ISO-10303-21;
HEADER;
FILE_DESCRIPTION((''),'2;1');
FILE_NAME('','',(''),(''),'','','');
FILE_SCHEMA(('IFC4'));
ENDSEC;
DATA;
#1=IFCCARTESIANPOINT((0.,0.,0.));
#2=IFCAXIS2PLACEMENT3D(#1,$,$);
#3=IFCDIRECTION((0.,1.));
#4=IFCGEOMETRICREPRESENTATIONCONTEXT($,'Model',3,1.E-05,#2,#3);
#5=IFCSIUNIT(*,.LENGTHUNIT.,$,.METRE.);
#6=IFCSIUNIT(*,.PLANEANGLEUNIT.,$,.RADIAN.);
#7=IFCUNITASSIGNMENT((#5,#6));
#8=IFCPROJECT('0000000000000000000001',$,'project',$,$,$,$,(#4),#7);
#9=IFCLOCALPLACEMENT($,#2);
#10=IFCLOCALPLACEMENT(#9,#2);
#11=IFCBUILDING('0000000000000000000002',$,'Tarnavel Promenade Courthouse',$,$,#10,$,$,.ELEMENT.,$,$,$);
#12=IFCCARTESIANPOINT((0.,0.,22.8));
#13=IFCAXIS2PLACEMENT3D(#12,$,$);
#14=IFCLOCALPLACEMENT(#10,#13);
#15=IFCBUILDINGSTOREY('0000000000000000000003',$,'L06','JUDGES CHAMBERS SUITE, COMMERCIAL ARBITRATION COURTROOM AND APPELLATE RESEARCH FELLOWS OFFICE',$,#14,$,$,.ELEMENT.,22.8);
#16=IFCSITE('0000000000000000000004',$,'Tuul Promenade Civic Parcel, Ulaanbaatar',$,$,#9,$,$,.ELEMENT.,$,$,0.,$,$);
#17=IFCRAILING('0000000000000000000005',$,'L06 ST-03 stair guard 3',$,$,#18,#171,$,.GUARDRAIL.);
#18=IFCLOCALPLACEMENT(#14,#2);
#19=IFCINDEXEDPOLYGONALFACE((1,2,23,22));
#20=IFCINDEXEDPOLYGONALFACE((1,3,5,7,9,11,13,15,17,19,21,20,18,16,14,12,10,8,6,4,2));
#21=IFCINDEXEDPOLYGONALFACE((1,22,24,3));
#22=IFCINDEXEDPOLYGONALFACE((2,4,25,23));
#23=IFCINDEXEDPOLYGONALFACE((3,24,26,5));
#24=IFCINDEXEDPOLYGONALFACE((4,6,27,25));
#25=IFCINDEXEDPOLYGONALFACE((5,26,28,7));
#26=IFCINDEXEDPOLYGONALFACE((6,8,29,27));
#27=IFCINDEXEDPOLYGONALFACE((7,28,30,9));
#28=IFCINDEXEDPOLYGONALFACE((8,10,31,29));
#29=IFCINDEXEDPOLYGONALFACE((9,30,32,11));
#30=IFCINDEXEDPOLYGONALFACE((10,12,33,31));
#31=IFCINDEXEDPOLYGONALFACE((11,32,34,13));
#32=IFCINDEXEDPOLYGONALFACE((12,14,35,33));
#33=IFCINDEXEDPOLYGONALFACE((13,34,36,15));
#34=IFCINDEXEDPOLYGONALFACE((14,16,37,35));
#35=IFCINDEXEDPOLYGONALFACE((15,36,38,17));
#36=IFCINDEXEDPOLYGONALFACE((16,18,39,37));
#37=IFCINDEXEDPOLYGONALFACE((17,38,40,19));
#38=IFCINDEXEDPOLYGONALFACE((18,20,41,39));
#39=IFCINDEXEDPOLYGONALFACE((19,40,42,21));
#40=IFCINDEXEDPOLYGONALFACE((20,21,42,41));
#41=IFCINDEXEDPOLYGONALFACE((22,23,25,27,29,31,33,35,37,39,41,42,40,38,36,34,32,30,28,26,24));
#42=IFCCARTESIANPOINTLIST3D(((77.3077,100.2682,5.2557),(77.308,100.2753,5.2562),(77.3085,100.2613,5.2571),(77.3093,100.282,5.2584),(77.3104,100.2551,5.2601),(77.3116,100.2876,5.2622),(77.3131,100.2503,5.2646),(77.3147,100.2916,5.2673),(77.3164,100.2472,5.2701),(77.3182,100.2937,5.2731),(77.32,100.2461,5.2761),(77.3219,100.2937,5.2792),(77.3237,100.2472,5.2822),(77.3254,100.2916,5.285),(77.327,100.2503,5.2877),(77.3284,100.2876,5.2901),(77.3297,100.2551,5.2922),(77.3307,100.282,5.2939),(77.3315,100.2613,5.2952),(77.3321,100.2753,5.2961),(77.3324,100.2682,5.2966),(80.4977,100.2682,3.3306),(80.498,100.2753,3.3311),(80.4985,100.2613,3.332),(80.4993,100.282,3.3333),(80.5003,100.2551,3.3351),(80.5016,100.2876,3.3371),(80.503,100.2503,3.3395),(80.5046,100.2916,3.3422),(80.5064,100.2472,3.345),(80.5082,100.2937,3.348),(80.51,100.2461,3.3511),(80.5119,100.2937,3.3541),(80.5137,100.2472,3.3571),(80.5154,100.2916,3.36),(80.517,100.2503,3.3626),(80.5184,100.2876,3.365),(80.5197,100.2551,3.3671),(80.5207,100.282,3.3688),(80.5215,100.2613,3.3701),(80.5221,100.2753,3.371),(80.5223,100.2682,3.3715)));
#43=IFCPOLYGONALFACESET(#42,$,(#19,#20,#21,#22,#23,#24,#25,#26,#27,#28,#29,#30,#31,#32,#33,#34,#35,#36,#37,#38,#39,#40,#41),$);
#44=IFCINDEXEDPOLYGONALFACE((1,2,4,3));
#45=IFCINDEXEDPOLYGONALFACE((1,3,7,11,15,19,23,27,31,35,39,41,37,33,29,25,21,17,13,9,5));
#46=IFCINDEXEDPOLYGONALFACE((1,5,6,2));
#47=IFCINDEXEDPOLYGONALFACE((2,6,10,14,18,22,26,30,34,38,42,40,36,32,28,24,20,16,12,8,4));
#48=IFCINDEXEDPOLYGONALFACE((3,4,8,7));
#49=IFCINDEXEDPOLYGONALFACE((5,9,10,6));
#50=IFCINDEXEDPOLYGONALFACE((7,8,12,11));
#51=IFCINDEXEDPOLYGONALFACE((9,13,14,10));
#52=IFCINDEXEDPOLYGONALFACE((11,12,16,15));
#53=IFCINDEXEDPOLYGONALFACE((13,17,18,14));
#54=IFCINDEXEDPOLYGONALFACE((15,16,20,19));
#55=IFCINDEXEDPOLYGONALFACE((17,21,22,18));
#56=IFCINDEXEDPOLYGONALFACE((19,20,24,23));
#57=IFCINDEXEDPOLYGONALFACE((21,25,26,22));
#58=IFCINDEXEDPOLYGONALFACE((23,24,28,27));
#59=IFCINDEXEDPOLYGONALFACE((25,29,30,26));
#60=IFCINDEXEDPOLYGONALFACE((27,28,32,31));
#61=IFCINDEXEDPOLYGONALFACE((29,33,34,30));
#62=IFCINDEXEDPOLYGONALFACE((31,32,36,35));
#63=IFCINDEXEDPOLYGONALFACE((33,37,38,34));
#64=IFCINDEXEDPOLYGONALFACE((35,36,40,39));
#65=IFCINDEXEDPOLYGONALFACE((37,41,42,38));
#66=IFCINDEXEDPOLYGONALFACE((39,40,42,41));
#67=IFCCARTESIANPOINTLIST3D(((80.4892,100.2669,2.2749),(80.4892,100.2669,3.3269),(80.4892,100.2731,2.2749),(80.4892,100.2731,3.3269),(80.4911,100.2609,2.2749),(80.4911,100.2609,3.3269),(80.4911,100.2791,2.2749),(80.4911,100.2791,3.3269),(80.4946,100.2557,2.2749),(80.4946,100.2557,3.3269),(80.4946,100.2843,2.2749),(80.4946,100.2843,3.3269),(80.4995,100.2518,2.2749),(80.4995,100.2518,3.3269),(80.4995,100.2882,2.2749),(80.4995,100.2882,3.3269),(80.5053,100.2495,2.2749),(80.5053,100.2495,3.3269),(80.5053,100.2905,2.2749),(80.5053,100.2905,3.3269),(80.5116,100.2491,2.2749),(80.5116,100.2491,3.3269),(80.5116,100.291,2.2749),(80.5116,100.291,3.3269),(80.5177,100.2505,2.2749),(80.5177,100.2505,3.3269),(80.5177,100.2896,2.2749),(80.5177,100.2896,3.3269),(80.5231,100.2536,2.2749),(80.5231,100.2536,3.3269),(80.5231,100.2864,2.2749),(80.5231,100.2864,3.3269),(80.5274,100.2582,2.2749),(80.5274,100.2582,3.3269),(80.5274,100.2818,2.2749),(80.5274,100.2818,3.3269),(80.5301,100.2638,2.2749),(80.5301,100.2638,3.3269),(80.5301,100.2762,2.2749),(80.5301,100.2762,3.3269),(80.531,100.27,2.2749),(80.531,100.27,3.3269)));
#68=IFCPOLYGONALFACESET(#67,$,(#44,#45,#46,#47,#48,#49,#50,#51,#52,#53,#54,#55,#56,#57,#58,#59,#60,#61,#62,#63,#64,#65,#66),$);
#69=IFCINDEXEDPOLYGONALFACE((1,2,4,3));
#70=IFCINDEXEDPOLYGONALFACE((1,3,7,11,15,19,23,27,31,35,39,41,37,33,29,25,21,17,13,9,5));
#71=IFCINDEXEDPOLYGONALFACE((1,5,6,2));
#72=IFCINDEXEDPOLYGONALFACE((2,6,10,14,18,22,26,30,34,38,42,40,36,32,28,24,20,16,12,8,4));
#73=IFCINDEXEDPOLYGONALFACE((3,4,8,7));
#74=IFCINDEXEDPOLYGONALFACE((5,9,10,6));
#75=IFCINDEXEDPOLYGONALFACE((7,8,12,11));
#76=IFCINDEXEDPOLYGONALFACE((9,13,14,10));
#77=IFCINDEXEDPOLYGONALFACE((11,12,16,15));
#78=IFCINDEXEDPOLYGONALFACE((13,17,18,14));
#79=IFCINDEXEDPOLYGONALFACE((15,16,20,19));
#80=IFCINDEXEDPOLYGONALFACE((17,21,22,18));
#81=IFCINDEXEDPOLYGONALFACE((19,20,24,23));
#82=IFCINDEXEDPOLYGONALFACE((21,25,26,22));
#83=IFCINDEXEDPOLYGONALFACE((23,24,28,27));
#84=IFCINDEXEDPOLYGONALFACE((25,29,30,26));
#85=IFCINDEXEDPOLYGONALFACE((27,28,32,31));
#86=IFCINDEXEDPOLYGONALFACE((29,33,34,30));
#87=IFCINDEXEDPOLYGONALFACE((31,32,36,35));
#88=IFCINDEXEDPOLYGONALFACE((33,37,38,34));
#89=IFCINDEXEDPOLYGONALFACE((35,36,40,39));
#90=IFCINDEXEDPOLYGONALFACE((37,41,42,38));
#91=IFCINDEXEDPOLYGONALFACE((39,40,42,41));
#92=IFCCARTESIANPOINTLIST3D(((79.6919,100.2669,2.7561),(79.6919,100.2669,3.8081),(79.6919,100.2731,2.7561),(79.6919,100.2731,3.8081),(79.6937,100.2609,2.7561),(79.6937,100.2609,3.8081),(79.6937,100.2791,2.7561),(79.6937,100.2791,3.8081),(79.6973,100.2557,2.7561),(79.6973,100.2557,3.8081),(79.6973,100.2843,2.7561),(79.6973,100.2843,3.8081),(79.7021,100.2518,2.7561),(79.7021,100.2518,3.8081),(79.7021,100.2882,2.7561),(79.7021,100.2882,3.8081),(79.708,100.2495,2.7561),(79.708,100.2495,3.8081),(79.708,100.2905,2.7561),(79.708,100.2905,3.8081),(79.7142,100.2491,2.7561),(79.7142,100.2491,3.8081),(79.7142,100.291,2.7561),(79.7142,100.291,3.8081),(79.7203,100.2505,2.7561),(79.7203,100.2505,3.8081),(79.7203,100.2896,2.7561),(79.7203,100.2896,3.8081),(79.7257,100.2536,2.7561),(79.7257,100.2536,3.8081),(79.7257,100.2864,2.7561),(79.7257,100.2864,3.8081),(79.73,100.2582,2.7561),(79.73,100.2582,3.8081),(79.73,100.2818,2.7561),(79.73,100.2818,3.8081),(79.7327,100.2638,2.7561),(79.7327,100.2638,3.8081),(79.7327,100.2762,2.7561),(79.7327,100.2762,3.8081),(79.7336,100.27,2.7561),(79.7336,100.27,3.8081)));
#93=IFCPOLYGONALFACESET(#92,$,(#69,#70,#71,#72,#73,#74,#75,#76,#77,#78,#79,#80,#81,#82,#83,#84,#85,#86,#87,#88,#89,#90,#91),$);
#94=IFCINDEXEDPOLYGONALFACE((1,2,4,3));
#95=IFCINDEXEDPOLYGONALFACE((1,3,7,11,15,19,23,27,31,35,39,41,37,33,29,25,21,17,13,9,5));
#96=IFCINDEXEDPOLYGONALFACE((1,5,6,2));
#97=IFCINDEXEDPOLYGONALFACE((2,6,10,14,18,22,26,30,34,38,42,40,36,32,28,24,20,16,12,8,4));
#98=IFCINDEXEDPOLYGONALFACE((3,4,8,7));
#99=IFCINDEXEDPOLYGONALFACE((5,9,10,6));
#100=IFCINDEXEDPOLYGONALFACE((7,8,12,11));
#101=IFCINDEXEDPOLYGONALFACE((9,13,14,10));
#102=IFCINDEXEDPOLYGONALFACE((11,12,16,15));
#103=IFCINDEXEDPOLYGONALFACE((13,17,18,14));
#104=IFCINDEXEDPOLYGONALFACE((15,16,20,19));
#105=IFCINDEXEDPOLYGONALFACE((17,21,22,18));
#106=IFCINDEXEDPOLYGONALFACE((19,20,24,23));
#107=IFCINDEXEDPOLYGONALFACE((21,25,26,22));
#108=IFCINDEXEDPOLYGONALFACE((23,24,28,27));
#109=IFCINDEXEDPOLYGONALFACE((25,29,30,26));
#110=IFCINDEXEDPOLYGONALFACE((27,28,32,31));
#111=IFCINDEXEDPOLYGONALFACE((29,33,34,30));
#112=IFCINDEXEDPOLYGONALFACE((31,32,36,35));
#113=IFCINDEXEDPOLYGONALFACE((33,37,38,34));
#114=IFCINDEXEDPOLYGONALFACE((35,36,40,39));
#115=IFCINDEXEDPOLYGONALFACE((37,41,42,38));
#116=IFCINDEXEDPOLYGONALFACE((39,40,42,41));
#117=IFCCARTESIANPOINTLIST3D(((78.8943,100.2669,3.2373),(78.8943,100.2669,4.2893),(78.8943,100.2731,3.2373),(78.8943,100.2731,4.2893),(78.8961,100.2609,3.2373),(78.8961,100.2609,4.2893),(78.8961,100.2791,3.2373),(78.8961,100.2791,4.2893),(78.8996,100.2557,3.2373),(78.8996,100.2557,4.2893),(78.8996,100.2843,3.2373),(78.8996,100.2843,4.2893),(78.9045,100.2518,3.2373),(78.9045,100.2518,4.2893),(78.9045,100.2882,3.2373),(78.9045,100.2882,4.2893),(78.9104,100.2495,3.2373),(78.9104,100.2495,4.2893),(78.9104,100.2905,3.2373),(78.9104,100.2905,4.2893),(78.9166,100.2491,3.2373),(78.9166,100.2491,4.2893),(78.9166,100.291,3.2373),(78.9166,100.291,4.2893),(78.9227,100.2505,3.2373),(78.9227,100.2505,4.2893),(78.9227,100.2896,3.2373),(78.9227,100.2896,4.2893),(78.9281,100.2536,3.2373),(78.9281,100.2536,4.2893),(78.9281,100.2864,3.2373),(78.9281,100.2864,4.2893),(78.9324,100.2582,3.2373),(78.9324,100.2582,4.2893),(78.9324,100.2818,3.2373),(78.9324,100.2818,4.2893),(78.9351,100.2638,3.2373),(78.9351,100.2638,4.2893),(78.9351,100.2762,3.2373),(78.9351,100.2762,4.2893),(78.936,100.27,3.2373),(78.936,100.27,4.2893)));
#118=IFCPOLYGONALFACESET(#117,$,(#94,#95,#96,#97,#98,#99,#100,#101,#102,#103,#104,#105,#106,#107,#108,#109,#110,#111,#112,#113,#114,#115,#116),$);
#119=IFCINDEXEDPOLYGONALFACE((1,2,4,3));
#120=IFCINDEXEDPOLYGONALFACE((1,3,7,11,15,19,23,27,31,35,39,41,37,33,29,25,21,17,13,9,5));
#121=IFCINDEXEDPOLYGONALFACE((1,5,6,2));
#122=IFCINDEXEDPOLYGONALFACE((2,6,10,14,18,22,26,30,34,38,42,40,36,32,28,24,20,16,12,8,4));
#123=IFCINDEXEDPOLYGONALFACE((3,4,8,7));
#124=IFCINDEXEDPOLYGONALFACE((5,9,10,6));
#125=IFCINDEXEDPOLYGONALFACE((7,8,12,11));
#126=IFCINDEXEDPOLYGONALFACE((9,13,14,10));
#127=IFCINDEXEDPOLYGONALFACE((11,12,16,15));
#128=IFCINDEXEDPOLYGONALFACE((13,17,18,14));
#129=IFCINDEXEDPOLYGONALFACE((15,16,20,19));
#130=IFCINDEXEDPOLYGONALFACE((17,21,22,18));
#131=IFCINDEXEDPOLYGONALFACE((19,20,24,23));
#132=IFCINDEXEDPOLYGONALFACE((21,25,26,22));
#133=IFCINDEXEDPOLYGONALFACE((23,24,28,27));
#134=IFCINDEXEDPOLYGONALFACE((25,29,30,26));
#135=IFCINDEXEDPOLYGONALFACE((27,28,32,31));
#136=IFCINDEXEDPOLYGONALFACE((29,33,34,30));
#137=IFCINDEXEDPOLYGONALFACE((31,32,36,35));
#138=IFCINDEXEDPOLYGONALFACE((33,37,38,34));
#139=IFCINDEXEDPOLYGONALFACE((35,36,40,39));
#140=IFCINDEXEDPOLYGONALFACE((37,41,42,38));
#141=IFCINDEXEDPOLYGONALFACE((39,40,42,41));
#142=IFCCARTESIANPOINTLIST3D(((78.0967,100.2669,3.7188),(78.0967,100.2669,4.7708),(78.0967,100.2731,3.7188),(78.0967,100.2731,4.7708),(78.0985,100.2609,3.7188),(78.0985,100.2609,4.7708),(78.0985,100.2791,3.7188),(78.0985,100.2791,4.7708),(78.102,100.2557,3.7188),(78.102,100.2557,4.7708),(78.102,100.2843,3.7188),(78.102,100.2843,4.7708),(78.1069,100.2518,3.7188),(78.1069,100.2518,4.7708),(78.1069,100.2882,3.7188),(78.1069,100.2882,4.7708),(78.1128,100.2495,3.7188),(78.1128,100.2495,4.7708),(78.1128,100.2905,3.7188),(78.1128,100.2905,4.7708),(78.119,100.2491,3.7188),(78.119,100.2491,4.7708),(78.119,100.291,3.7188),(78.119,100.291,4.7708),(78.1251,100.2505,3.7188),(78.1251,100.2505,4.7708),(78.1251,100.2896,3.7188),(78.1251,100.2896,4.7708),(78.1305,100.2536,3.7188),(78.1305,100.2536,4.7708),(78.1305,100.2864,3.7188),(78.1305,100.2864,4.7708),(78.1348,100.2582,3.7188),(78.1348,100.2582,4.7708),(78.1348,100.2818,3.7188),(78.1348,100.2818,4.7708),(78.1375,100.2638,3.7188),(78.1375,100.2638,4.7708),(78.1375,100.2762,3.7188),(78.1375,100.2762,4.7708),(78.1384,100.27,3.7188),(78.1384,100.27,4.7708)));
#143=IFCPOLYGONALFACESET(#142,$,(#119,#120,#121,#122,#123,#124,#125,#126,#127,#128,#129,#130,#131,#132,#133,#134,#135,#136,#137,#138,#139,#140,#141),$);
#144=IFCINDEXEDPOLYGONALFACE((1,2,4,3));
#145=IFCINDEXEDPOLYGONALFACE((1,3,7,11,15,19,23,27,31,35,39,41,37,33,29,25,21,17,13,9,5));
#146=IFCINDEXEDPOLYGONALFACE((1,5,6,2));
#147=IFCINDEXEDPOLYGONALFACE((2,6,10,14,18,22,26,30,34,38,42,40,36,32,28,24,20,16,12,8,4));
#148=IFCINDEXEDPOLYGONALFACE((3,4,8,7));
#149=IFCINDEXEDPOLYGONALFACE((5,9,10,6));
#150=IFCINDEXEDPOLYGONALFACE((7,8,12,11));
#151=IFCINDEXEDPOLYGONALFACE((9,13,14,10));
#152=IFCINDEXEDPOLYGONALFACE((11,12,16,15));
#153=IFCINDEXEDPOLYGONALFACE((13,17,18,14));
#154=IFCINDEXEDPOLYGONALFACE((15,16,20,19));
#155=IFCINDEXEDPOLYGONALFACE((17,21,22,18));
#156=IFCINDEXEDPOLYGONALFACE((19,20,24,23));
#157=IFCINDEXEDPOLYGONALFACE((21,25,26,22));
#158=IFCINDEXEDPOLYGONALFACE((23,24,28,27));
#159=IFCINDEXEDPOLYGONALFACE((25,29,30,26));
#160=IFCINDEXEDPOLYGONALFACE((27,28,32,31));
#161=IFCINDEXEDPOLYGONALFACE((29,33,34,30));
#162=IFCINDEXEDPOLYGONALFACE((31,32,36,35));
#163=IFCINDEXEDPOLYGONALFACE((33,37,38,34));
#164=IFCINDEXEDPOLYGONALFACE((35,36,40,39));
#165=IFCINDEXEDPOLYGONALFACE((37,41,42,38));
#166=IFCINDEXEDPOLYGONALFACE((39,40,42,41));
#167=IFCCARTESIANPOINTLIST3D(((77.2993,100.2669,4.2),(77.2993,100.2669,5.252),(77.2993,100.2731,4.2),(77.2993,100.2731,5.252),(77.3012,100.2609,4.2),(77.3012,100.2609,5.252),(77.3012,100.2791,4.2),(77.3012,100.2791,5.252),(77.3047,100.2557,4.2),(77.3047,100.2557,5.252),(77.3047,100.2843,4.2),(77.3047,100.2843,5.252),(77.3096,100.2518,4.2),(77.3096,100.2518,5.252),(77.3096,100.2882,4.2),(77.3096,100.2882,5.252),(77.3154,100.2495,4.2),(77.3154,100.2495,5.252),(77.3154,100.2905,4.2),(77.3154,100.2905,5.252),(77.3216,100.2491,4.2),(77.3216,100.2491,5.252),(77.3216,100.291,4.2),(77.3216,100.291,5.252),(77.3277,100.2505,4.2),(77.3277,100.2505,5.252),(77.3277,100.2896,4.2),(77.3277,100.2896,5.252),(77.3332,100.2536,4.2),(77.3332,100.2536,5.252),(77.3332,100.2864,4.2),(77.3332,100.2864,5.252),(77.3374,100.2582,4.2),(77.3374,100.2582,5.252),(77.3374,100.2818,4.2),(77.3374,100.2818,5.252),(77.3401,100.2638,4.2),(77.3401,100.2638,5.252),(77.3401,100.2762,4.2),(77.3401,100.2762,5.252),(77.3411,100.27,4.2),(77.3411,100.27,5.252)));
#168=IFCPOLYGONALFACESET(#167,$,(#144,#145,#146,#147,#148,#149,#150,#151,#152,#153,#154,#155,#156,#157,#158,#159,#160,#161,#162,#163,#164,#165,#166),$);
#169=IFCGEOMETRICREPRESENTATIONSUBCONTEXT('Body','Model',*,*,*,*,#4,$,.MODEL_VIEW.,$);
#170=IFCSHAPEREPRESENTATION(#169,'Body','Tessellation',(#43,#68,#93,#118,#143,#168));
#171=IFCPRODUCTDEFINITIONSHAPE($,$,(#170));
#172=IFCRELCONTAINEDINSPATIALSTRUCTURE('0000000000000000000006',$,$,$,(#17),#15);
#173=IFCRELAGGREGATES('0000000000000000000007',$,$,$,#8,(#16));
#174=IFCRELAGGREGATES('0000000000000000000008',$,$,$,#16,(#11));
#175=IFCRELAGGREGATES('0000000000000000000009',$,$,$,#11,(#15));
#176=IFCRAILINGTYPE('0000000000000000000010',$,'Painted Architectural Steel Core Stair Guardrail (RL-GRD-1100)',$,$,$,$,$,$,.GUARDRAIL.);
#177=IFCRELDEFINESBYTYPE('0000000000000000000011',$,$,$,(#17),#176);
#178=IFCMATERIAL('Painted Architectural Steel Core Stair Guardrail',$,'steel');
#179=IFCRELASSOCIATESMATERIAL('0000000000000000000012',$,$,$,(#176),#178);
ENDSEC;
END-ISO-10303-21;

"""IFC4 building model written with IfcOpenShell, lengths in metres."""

from ifc_helpers import new_model, si_unit, direction, frame, origin, origin_2d, place, context, subcontext, project, spatial, circle, extrude, material, type_object, element, save


model = new_model("IFC4")

# Units and contexts
model_context = context("Model", 3, precision=1e-05, world=origin(), true_north=direction((0.0, 1.0)))
body_context = subcontext(model_context, "Body", "Model", "MODEL_VIEW")
ifc_project = project(units=[si_unit("LENGTHUNIT", "METRE"), si_unit("PLANEANGLEUNIT", "RADIAN")], contexts=[model_context])

# Site, building, storey
site_placement = place(None, origin())
site = spatial("IfcSite", under=ifc_project, at=site_placement, Name="Tuul Promenade Civic Parcel, Ulaanbaatar", CompositionType="ELEMENT", RefElevation=0.0)
building_placement = place(site_placement, origin())
building = spatial("IfcBuilding", under=site, at=building_placement, Name="Tarnavel Promenade Courthouse", CompositionType="ELEMENT")
storey_placement = place(building_placement, frame((0.0, 0.0, 22.8)))
storey = spatial("IfcBuildingStorey", under=building, at=storey_placement, Name="L06", Description="JUDGES CHAMBERS SUITE, COMMERCIAL ARBITRATION COURTROOM AND APPELLATE RESEARCH FELLOWS OFFICE", CompositionType="ELEMENT", Elevation=22.8)

# Railing
ifc_material_1 = material(Name="Painted Architectural Steel Core Stair Guardrail", Category="steel")
railing_type_1 = type_object("IfcRailingType", Name="Painted Architectural Steel Core Stair Guardrail (RL-GRD-1100)", PredefinedType="GUARDRAIL", material=ifc_material_1)
railing_1_placement = place(storey_placement, frame((80.51, 100.27, 2.2749)))
element("IfcRailing", 1, at=railing_1_placement, inside=storey, type_object=railing_type_1, Name="L06 ST-03 stair guard 3", PredefinedType="GUARDRAIL", context=body_context, shape_type="SweptSolid", body=[
    extrude(circle(Radius=0.0239, at=origin_2d()), frame((0.0, 0.0, 1.0762), z_axis=(-0.856178, 0.0, 0.516682), x_axis=(0.0, -1.0, 0.0)), (0.0, 0.0, 1.0), 3.7258),
    extrude(circle(Radius=0.021, at=origin_2d()), origin(), (0.0, 0.0, 1.0), 1.052),
    extrude(circle(Radius=0.021, at=origin_2d()), frame((-0.7974, 0.0, 0.4812)), (0.0, 0.0, 1.0), 1.052),
    extrude(circle(Radius=0.021, at=origin_2d()), frame((-1.595, 0.0, 0.9624)), (0.0, 0.0, 1.0), 1.052),
    extrude(circle(Radius=0.021, at=origin_2d()), frame((-2.3926, 0.0, 1.4438)), (0.0, 0.0, 1.0), 1.052),
    extrude(circle(Radius=0.021, at=origin_2d()), frame((-3.1899, 0.0, 1.925)), (0.0, 0.0, 1.0), 1.052),
])

save(model, "model.ifc")
